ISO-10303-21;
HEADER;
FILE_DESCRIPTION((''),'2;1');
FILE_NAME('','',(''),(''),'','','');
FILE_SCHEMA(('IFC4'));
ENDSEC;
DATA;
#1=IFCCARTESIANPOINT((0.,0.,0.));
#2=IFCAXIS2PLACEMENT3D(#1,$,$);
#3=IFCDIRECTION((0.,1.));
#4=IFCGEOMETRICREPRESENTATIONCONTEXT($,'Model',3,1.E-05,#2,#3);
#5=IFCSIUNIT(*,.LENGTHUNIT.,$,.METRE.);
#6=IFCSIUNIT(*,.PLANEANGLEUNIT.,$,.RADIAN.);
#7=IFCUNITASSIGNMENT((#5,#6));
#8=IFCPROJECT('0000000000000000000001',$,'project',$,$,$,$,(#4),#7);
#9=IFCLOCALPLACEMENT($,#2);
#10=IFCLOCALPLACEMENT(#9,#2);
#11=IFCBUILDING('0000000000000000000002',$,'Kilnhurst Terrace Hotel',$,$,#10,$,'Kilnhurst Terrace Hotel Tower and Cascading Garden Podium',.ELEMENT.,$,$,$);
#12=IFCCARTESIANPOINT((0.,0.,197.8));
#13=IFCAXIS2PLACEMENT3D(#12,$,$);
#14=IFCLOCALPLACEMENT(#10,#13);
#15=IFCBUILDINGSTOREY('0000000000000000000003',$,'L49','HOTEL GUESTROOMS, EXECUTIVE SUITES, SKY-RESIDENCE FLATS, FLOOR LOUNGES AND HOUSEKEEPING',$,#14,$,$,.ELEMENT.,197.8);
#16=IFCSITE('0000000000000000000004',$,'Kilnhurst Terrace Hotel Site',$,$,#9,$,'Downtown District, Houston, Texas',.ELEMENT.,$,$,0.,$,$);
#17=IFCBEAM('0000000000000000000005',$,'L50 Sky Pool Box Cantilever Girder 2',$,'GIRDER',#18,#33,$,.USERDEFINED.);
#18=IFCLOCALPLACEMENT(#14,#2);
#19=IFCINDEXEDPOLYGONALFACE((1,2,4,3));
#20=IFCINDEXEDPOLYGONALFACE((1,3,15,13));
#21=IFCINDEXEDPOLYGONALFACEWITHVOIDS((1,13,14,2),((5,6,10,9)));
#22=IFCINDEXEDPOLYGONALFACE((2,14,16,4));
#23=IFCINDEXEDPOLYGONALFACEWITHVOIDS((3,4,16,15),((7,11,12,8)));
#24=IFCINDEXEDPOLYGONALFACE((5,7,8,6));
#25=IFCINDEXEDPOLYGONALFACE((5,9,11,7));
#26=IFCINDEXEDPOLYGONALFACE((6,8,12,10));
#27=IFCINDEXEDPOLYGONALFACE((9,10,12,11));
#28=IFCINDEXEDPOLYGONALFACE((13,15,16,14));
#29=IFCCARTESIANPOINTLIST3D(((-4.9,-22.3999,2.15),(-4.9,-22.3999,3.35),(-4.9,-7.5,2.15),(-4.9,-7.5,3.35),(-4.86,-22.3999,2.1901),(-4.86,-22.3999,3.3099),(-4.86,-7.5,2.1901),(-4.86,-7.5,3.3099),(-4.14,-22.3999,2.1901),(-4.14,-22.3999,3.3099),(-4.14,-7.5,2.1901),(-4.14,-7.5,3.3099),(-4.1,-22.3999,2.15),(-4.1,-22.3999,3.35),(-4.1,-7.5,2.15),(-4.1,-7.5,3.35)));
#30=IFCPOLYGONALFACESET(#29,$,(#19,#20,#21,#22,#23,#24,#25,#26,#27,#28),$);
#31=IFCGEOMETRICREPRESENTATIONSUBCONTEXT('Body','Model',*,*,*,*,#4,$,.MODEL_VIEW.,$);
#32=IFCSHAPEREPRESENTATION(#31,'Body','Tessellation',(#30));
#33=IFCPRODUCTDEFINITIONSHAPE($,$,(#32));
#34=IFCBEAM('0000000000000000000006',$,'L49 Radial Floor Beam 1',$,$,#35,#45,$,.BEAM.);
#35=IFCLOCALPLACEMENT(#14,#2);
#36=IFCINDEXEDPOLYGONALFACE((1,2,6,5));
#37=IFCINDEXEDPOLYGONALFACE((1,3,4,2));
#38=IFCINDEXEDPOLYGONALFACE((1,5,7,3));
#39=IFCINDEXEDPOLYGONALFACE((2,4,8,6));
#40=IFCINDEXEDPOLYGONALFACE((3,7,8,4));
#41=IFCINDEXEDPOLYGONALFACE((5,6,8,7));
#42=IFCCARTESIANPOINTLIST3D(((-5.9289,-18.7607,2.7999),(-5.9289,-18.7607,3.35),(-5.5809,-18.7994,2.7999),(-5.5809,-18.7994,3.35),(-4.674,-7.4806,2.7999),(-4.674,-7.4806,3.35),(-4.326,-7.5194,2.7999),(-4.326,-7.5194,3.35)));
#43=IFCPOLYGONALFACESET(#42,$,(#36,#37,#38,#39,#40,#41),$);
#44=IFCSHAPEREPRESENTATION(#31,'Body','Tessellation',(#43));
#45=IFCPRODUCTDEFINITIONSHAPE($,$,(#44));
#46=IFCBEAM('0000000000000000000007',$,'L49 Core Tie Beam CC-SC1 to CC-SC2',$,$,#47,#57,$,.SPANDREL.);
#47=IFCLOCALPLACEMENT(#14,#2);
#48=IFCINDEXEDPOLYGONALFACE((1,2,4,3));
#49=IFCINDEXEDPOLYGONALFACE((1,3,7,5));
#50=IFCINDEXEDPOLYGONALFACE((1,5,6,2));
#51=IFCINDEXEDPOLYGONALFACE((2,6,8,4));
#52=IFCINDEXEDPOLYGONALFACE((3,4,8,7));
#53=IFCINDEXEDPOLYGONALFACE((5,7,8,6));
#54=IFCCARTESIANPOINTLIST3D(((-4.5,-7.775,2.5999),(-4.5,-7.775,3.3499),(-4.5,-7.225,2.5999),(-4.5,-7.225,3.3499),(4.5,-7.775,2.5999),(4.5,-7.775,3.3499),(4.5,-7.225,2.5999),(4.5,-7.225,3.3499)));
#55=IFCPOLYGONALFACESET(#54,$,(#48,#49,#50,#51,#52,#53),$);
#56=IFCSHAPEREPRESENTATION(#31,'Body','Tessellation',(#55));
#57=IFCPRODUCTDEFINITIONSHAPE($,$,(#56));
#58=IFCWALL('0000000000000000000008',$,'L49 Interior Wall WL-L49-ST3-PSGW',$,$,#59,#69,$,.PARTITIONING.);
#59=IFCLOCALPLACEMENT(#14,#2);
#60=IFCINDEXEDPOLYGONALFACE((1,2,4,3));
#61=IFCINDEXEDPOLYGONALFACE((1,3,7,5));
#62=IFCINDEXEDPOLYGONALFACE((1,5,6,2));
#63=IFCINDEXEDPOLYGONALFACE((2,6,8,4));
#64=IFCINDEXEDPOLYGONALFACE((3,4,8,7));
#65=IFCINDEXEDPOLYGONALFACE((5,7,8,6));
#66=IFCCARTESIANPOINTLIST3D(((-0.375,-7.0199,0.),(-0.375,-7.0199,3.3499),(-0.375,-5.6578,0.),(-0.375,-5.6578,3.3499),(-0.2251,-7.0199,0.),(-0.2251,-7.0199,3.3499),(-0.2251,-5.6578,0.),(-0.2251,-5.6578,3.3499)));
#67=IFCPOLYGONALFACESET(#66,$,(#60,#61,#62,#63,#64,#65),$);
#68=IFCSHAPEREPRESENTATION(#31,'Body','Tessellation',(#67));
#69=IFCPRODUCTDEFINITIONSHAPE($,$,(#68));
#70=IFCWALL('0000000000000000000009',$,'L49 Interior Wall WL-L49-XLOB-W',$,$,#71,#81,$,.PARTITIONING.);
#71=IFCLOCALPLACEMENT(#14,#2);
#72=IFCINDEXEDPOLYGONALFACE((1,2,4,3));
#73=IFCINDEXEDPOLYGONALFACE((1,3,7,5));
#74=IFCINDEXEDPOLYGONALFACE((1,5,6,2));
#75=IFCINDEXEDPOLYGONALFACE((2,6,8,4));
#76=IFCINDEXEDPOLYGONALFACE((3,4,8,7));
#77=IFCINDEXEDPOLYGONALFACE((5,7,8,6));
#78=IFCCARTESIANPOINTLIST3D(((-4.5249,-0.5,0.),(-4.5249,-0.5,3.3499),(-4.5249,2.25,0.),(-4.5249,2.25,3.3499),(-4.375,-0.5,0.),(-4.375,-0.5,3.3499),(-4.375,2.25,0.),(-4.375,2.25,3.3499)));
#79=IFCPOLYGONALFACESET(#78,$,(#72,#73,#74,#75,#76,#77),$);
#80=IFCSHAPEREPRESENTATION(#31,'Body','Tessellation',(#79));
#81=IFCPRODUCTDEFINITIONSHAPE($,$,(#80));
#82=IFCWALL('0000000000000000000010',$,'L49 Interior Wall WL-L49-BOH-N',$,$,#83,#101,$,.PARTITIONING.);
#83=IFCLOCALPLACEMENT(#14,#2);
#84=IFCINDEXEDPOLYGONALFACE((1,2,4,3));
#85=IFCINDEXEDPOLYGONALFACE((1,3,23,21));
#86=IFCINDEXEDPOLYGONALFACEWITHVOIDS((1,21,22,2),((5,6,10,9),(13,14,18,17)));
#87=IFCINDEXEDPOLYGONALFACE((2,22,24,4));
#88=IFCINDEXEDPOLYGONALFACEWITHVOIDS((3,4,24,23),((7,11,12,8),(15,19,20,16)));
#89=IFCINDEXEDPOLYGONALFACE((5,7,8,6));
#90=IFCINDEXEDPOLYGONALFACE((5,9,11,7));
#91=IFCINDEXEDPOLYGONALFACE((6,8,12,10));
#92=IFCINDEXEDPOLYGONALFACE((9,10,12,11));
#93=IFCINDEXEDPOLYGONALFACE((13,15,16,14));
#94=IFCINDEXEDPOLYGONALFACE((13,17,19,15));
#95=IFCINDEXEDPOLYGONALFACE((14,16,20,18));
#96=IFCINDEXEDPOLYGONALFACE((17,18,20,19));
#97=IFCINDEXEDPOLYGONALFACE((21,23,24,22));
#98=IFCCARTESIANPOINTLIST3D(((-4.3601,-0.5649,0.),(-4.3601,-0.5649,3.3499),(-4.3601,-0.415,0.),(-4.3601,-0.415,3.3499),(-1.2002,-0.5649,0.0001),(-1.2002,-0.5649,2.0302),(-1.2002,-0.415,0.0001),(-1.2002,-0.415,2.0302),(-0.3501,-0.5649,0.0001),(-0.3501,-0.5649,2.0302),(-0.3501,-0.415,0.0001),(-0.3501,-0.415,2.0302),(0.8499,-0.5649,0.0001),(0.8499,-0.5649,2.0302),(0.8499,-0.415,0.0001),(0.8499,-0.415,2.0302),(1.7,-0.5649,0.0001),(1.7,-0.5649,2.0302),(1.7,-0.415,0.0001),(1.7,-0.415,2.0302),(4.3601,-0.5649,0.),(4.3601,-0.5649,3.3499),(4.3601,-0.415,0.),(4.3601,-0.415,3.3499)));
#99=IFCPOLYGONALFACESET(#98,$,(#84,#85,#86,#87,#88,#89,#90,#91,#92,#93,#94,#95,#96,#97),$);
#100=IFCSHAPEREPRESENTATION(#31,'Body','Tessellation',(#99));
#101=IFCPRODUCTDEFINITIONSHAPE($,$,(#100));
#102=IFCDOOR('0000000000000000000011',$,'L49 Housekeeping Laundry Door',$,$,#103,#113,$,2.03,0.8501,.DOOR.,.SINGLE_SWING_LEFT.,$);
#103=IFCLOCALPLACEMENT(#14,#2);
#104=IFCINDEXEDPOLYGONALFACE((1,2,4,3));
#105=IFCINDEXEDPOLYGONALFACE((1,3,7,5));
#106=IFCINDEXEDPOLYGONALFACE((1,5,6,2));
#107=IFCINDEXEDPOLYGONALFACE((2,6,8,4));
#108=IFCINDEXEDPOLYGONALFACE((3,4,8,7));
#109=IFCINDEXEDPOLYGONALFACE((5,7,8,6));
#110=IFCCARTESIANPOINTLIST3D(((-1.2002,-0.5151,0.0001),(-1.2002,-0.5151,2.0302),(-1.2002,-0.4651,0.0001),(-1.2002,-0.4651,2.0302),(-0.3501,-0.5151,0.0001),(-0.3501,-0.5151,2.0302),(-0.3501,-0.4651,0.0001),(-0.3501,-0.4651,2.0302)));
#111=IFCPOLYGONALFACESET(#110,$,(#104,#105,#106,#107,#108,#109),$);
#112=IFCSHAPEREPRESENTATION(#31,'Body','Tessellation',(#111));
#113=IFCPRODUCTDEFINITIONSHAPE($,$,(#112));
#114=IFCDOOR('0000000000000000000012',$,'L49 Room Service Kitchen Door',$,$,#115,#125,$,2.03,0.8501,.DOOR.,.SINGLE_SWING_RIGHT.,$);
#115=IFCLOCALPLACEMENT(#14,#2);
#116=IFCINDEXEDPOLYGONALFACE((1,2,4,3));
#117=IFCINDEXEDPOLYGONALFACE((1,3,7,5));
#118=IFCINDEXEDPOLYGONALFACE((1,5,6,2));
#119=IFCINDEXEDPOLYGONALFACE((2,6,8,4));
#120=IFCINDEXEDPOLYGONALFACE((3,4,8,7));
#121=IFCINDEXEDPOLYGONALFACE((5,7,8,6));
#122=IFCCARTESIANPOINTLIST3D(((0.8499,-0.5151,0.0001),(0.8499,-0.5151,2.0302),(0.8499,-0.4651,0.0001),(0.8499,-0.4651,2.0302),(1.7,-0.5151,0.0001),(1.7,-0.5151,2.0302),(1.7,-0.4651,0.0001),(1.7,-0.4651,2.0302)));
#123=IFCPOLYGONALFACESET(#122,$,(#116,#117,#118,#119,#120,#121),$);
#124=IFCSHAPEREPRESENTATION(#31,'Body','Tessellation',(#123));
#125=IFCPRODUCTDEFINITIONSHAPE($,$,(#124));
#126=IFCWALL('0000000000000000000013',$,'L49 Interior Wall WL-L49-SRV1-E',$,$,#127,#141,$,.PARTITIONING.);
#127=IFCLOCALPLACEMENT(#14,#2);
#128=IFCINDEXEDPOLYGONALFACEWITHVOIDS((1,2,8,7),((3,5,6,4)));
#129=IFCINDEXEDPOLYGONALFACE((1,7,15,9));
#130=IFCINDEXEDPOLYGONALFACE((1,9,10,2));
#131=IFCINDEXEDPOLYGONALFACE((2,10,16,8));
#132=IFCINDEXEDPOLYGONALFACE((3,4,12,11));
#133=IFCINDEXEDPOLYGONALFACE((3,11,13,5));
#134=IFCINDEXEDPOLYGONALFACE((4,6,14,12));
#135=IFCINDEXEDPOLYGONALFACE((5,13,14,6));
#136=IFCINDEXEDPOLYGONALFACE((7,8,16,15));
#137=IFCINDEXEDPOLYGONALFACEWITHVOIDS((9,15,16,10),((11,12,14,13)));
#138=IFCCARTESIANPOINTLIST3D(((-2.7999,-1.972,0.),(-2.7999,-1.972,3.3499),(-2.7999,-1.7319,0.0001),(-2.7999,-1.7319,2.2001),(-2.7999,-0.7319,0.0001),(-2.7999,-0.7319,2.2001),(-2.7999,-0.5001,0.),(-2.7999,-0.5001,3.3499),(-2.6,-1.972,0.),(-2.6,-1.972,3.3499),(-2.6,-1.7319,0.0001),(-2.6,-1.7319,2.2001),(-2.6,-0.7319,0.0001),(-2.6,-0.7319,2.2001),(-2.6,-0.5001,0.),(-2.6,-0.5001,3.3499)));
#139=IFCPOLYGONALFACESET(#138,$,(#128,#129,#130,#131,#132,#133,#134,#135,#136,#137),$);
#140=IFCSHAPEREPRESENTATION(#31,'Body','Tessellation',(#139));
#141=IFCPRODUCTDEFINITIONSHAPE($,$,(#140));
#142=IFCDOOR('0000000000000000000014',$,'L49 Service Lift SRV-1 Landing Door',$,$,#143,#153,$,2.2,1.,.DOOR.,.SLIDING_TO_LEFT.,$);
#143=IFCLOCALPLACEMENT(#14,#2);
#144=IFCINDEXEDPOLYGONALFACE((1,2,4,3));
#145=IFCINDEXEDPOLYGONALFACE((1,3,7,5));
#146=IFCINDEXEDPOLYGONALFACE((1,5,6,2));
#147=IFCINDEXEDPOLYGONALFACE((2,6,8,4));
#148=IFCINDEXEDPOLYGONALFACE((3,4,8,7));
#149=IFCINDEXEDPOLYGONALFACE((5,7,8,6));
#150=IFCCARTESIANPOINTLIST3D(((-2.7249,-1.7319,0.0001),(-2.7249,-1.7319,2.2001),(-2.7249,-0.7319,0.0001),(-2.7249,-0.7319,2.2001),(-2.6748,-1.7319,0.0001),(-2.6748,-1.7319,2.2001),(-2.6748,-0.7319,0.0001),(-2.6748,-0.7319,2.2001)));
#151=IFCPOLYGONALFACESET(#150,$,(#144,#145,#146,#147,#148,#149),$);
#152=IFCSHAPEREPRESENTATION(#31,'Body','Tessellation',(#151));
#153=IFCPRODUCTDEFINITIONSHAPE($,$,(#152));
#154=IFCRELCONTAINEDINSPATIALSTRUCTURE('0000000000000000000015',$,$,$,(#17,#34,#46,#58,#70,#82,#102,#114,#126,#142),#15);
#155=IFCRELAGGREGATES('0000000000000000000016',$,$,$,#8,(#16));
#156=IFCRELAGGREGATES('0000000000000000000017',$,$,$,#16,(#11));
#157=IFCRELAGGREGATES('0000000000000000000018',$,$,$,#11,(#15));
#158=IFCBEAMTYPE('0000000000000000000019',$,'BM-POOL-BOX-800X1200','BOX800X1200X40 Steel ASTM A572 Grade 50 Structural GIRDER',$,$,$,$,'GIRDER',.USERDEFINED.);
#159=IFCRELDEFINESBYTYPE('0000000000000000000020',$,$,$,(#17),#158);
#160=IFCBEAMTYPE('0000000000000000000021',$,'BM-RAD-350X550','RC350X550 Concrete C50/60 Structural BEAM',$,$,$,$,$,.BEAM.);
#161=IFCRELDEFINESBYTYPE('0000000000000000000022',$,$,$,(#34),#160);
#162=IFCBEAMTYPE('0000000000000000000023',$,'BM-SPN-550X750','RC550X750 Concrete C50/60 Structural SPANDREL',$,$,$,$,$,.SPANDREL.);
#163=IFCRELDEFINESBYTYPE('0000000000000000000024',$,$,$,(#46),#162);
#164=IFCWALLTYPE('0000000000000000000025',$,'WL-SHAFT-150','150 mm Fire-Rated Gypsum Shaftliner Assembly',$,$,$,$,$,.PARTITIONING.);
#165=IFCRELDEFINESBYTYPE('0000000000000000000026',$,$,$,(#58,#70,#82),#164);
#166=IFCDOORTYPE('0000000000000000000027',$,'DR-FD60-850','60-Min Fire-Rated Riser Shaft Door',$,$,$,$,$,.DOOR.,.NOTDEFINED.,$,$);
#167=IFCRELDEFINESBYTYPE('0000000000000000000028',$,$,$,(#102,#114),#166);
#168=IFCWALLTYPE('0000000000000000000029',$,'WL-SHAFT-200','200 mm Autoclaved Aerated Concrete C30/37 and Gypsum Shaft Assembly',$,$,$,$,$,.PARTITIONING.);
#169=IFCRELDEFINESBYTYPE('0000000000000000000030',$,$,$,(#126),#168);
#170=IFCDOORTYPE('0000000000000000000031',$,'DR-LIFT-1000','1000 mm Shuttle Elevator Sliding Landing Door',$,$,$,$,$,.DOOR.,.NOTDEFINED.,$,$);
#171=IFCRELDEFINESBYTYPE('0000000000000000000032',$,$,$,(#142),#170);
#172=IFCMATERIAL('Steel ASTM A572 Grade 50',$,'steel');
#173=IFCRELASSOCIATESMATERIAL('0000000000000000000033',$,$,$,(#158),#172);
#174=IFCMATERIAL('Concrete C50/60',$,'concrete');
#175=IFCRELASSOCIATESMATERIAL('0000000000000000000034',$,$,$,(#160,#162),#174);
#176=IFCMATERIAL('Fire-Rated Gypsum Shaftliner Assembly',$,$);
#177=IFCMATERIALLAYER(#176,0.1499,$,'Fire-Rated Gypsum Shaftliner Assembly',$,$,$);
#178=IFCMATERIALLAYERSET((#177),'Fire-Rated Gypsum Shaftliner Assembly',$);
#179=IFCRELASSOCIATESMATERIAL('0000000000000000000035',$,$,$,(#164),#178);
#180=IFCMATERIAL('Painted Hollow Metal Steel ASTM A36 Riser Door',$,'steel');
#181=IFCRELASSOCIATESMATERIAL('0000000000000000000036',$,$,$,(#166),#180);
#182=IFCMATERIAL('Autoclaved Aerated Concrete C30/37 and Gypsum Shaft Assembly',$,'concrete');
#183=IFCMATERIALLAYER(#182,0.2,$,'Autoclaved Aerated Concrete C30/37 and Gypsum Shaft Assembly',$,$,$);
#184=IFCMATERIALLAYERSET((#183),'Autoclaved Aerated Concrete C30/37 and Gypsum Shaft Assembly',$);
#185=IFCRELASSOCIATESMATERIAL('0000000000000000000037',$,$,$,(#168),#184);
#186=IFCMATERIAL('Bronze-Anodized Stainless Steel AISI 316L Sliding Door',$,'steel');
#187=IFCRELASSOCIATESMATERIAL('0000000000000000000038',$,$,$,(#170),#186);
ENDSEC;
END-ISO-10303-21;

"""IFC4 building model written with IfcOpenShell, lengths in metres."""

from ifc_helpers import new_model, si_unit, direction, frame, frame_2d, origin, origin_2d, place, context, subcontext, project, spatial, rectangle, hollow_rectangle, extrude, material, layer, layer_set, material_profile, profile_set, type_object, element, fill, save


model = new_model("IFC4")

# Units and contexts
model_context = context("Model", 3, precision=1e-05, world=origin(), true_north=direction((0.0, 1.0)))
body_context = subcontext(model_context, "Body", "Model", "MODEL_VIEW")
ifc_project = project(units=[si_unit("LENGTHUNIT", "METRE"), si_unit("PLANEANGLEUNIT", "RADIAN")], contexts=[model_context])

# Site, building, storey
site_placement = place(None, origin())
site = spatial("IfcSite", under=ifc_project, at=site_placement, Name="Kilnhurst Terrace Hotel Site", LongName="Downtown District, Houston, Texas", CompositionType="ELEMENT", RefElevation=0.0)
building_placement = place(site_placement, origin())
building = spatial("IfcBuilding", under=site, at=building_placement, Name="Kilnhurst Terrace Hotel", LongName="Kilnhurst Terrace Hotel Tower and Cascading Garden Podium", CompositionType="ELEMENT")
storey_placement = place(building_placement, frame((0.0, 0.0, 197.8)))
storey = spatial("IfcBuildingStorey", under=building, at=storey_placement, Name="L49", Description="HOTEL GUESTROOMS, EXECUTIVE SUITES, SKY-RESIDENCE FLATS, FLOOR LOUNGES AND HOUSEKEEPING", CompositionType="ELEMENT", Elevation=197.8)

# Beams
ifc_material_1 = material(Name="Steel ASTM A572 Grade 50", Category="steel")
ifc_material_profile_1 = material_profile(ifc_material_1, hollow_rectangle(XDim=0.8, YDim=1.2, WallThickness=0.04, at=origin_2d()), Name="BOX800X1200X40")
ifc_profile_set_1 = profile_set([ifc_material_profile_1], Name="Steel ASTM A572 Grade 50")
beam_type_1 = type_object("IfcBeamType", Name="BM-POOL-BOX-800X1200", Description="BOX800X1200X40 Steel ASTM A572 Grade 50 Structural GIRDER", ElementType="GIRDER", PredefinedType="USERDEFINED", material=ifc_profile_set_1)
beam_1_placement = place(storey_placement, frame((-4.5, -7.5, 2.75), z_axis=(0.0, -1.0, 0.0), x_axis=(1.0, 0.0, 0.0)))
element("IfcBeam", 1, at=beam_1_placement, inside=storey, type_object=beam_type_1, Name="L50 Sky Pool Box Cantilever Girder 2", ObjectType="GIRDER", PredefinedType="USERDEFINED", context=body_context, shape_type="SweptSolid", body=[
    extrude(hollow_rectangle(XDim=0.8, YDim=1.2, WallThickness=0.04, at=origin_2d()), origin(), (0.0, 0.0, 1.0), 14.8999),
])
ifc_material_2 = material(Name="Concrete C50/60", Category="concrete")
ifc_material_profile_2 = material_profile(ifc_material_2, rectangle(XDim=0.3501, YDim=0.55, at=origin_2d()), Name="RC350X550")
ifc_profile_set_2 = profile_set([ifc_material_profile_2], Name="Concrete C50/60")
beam_type_2 = type_object("IfcBeamType", Name="BM-RAD-350X550", Description="RC350X550 Concrete C50/60 Structural BEAM", PredefinedType="BEAM", material=ifc_profile_set_2)
beam_2_placement = place(storey_placement, frame((-4.5, -7.5, 3.075), z_axis=(-0.110566, -0.993869, 0.0), x_axis=(0.993869, -0.110566, 0.0)))
element("IfcBeam", 2, at=beam_2_placement, inside=storey, type_object=beam_type_2, Name="L49 Radial Floor Beam 1", PredefinedType="BEAM", context=body_context, shape_type="SweptSolid", body=[
    extrude(rectangle(XDim=0.3501, YDim=0.55, at=origin_2d()), origin(), (0.0, 0.0, 1.0), 11.3496),
])
ifc_material_profile_3 = material_profile(ifc_material_2, rectangle(XDim=0.55, YDim=0.75, at=origin_2d()), Name="RC550X750")
ifc_profile_set_3 = profile_set([ifc_material_profile_3], Name="Concrete C50/60")
beam_type_3 = type_object("IfcBeamType", Name="BM-SPN-550X750", Description="RC550X750 Concrete C50/60 Structural SPANDREL", PredefinedType="SPANDREL", material=ifc_profile_set_3)
beam_3_placement = place(storey_placement, frame((-4.5, -7.5, 2.9749), z_axis=(1.0, 0.0, 0.0), x_axis=(0.0, 1.0, 0.0)))
element("IfcBeam", 3, at=beam_3_placement, inside=storey, type_object=beam_type_3, Name="L49 Core Tie Beam CC-SC1 to CC-SC2", PredefinedType="SPANDREL", context=body_context, shape_type="SweptSolid", body=[
    extrude(rectangle(XDim=0.55, YDim=0.75, at=origin_2d()), origin(), (0.0, 0.0, 1.0), 9.0),
])

# Walls
ifc_material_3 = material(Name="Fire-Rated Gypsum Shaftliner Assembly")
ifc_layer_1 = layer(ifc_material_3, 0.1499, Name="Fire-Rated Gypsum Shaftliner Assembly")
ifc_layer_set_1 = layer_set([ifc_layer_1], Name="Fire-Rated Gypsum Shaftliner Assembly")
wall_type_1 = type_object("IfcWallType", Name="WL-SHAFT-150", Description="150 mm Fire-Rated Gypsum Shaftliner Assembly", PredefinedType="PARTITIONING", material=ifc_layer_set_1)
wall_1_placement = place(storey_placement, frame((-0.3, -7.02, 0.0), z_axis=(0.0, 0.0, 1.0), x_axis=(0.0, 1.0, 0.0)))
element("IfcWall", 4, at=wall_1_placement, inside=storey, type_object=wall_type_1, Name="L49 Interior Wall WL-L49-ST3-PSGW", PredefinedType="PARTITIONING", context=body_context, shape_type="SweptSolid", body=[
    extrude(rectangle(XDim=1.3621, YDim=0.1499, at=frame_2d((0.6812, 0.0))), origin(), (0.0, 0.0, 1.0), 3.3499),
])
wall_2_placement = place(storey_placement, frame((-4.45, -0.5, 0.0), z_axis=(0.0, 0.0, 1.0), x_axis=(0.0, 1.0, 0.0)))
element("IfcWall", 5, at=wall_2_placement, inside=storey, type_object=wall_type_1, Name="L49 Interior Wall WL-L49-XLOB-W", PredefinedType="PARTITIONING", context=body_context, shape_type="SweptSolid", body=[
    extrude(rectangle(XDim=2.75, YDim=0.1499, at=frame_2d((1.375, 0.0))), origin(), (0.0, 0.0, 1.0), 3.3499),
])

# Wall, openings, doors
wall_3_placement = place(storey_placement, frame((-4.3601, -0.49, 0.0), z_axis=(0.0, 0.0, 1.0), x_axis=(1.0, 0.0, 0.0)))
wall_3 = element("IfcWall", 6, at=wall_3_placement, inside=storey, type_object=wall_type_1, Name="L49 Interior Wall WL-L49-BOH-N", PredefinedType="PARTITIONING", context=body_context, shape_type="SweptSolid", body=[
    extrude(rectangle(XDim=8.7202, YDim=0.1499, at=frame_2d((4.3601, 0.0))), origin(), (0.0, 0.0, 1.0), 3.3499),
])
opening_1_placement = place(wall_3_placement, frame((3.1599, 0.0, 0.0)))
opening_1 = element("IfcOpeningElement", 7, at=opening_1_placement, cuts=wall_3, PredefinedType="OPENING", context=body_context, shape_type="SweptSolid", body=[
    extrude(rectangle(XDim=0.8501, YDim=2.03, at=frame_2d((0.425, 1.0151))), frame((0.0, 0.085, 0.0), z_axis=(0.0, -1.0, 0.0), x_axis=(1.0, 0.0, 0.0)), (0.0, 0.0, 1.0), 0.1699),
])
opening_2_placement = place(wall_3_placement, frame((5.21, 0.0, 0.0)))
opening_2 = element("IfcOpeningElement", 8, at=opening_2_placement, cuts=wall_3, PredefinedType="OPENING", context=body_context, shape_type="SweptSolid", body=[
    extrude(rectangle(XDim=0.8501, YDim=2.03, at=frame_2d((0.425, 1.0151))), frame((0.0, 0.085, 0.0), z_axis=(0.0, -1.0, 0.0), x_axis=(1.0, 0.0, 0.0)), (0.0, 0.0, 1.0), 0.1699),
])
ifc_material_4 = material(Name="Painted Hollow Metal Steel ASTM A36 Riser Door", Category="steel")
door_type_1 = type_object("IfcDoorType", Name="DR-FD60-850", Description="60-Min Fire-Rated Riser Shaft Door", OperationType="NOTDEFINED", PredefinedType="DOOR", material=ifc_material_4)
door_1_placement = place(opening_1_placement, origin())
door_1 = element("IfcDoor", 9, at=door_1_placement, inside=storey, type_object=door_type_1, Name="L49 Housekeeping Laundry Door", OperationType="SINGLE_SWING_LEFT", OverallHeight=2.03, OverallWidth=0.8501, PredefinedType="DOOR", context=body_context, shape_type="SweptSolid", body=[
    extrude(rectangle(XDim=0.8501, YDim=2.03, at=frame_2d((0.425, 1.0151))), frame((0.0, 0.0249, 0.0), z_axis=(0.0, -1.0, 0.0), x_axis=(1.0, 0.0, 0.0)), (0.0, 0.0, 1.0), 0.05),
])
fill(opening_1, door_1)
door_2_placement = place(opening_2_placement, origin())
door_2 = element("IfcDoor", 10, at=door_2_placement, inside=storey, type_object=door_type_1, Name="L49 Room Service Kitchen Door", OperationType="SINGLE_SWING_RIGHT", OverallHeight=2.03, OverallWidth=0.8501, PredefinedType="DOOR", context=body_context, shape_type="SweptSolid", body=[
    extrude(rectangle(XDim=0.8501, YDim=2.03, at=frame_2d((0.425, 1.0151))), frame((0.0, 0.0249, 0.0), z_axis=(0.0, -1.0, 0.0), x_axis=(1.0, 0.0, 0.0)), (0.0, 0.0, 1.0), 0.05),
])
fill(opening_2, door_2)

# Wall, opening, door
ifc_material_5 = material(Name="Autoclaved Aerated Concrete C30/37 and Gypsum Shaft Assembly", Category="concrete")
ifc_layer_2 = layer(ifc_material_5, 0.2, Name="Autoclaved Aerated Concrete C30/37 and Gypsum Shaft Assembly")
ifc_layer_set_2 = layer_set([ifc_layer_2], Name="Autoclaved Aerated Concrete C30/37 and Gypsum Shaft Assembly")
wall_type_2 = type_object("IfcWallType", Name="WL-SHAFT-200", Description="200 mm Autoclaved Aerated Concrete C30/37 and Gypsum Shaft Assembly", PredefinedType="PARTITIONING", material=ifc_layer_set_2)
wall_4_placement = place(storey_placement, frame((-2.7, -1.9719, 0.0), z_axis=(0.0, 0.0, 1.0), x_axis=(0.0, 1.0, 0.0)))
wall_4 = element("IfcWall", 11, at=wall_4_placement, inside=storey, type_object=wall_type_2, Name="L49 Interior Wall WL-L49-SRV1-E", PredefinedType="PARTITIONING", context=body_context, shape_type="SweptSolid", body=[
    extrude(rectangle(XDim=1.4719, YDim=0.2, at=frame_2d((0.7358, 0.0))), origin(), (0.0, 0.0, 1.0), 3.3499),
])
opening_3_placement = place(wall_4_placement, frame((0.24, 0.0, 0.0)))
opening_3 = element("IfcOpeningElement", 12, at=opening_3_placement, cuts=wall_4, PredefinedType="OPENING", context=body_context, shape_type="SweptSolid", body=[
    extrude(rectangle(XDim=1.0, YDim=2.2, at=frame_2d((0.5, 1.1001))), frame((0.0, 0.1099, 0.0), z_axis=(0.0, -1.0, 0.0), x_axis=(1.0, 0.0, 0.0)), (0.0, 0.0, 1.0), 0.22),
])
ifc_material_6 = material(Name="Bronze-Anodized Stainless Steel AISI 316L Sliding Door", Category="steel")
door_type_2 = type_object("IfcDoorType", Name="DR-LIFT-1000", Description="1000 mm Shuttle Elevator Sliding Landing Door", OperationType="NOTDEFINED", PredefinedType="DOOR", material=ifc_material_6)
door_3_placement = place(opening_3_placement, origin())
door_3 = element("IfcDoor", 13, at=door_3_placement, inside=storey, type_object=door_type_2, Name="L49 Service Lift SRV-1 Landing Door", OperationType="SLIDING_TO_LEFT", OverallHeight=2.2, OverallWidth=1.0, PredefinedType="DOOR", context=body_context, shape_type="SweptSolid", body=[
    extrude(rectangle(XDim=1.0, YDim=2.2, at=frame_2d((0.5, 1.1001))), frame((0.0, 0.0249, 0.0), z_axis=(0.0, -1.0, 0.0), x_axis=(1.0, 0.0, 0.0)), (0.0, 0.0, 1.0), 0.05),
])
fill(opening_3, door_3)

save(model, "model.ifc")
